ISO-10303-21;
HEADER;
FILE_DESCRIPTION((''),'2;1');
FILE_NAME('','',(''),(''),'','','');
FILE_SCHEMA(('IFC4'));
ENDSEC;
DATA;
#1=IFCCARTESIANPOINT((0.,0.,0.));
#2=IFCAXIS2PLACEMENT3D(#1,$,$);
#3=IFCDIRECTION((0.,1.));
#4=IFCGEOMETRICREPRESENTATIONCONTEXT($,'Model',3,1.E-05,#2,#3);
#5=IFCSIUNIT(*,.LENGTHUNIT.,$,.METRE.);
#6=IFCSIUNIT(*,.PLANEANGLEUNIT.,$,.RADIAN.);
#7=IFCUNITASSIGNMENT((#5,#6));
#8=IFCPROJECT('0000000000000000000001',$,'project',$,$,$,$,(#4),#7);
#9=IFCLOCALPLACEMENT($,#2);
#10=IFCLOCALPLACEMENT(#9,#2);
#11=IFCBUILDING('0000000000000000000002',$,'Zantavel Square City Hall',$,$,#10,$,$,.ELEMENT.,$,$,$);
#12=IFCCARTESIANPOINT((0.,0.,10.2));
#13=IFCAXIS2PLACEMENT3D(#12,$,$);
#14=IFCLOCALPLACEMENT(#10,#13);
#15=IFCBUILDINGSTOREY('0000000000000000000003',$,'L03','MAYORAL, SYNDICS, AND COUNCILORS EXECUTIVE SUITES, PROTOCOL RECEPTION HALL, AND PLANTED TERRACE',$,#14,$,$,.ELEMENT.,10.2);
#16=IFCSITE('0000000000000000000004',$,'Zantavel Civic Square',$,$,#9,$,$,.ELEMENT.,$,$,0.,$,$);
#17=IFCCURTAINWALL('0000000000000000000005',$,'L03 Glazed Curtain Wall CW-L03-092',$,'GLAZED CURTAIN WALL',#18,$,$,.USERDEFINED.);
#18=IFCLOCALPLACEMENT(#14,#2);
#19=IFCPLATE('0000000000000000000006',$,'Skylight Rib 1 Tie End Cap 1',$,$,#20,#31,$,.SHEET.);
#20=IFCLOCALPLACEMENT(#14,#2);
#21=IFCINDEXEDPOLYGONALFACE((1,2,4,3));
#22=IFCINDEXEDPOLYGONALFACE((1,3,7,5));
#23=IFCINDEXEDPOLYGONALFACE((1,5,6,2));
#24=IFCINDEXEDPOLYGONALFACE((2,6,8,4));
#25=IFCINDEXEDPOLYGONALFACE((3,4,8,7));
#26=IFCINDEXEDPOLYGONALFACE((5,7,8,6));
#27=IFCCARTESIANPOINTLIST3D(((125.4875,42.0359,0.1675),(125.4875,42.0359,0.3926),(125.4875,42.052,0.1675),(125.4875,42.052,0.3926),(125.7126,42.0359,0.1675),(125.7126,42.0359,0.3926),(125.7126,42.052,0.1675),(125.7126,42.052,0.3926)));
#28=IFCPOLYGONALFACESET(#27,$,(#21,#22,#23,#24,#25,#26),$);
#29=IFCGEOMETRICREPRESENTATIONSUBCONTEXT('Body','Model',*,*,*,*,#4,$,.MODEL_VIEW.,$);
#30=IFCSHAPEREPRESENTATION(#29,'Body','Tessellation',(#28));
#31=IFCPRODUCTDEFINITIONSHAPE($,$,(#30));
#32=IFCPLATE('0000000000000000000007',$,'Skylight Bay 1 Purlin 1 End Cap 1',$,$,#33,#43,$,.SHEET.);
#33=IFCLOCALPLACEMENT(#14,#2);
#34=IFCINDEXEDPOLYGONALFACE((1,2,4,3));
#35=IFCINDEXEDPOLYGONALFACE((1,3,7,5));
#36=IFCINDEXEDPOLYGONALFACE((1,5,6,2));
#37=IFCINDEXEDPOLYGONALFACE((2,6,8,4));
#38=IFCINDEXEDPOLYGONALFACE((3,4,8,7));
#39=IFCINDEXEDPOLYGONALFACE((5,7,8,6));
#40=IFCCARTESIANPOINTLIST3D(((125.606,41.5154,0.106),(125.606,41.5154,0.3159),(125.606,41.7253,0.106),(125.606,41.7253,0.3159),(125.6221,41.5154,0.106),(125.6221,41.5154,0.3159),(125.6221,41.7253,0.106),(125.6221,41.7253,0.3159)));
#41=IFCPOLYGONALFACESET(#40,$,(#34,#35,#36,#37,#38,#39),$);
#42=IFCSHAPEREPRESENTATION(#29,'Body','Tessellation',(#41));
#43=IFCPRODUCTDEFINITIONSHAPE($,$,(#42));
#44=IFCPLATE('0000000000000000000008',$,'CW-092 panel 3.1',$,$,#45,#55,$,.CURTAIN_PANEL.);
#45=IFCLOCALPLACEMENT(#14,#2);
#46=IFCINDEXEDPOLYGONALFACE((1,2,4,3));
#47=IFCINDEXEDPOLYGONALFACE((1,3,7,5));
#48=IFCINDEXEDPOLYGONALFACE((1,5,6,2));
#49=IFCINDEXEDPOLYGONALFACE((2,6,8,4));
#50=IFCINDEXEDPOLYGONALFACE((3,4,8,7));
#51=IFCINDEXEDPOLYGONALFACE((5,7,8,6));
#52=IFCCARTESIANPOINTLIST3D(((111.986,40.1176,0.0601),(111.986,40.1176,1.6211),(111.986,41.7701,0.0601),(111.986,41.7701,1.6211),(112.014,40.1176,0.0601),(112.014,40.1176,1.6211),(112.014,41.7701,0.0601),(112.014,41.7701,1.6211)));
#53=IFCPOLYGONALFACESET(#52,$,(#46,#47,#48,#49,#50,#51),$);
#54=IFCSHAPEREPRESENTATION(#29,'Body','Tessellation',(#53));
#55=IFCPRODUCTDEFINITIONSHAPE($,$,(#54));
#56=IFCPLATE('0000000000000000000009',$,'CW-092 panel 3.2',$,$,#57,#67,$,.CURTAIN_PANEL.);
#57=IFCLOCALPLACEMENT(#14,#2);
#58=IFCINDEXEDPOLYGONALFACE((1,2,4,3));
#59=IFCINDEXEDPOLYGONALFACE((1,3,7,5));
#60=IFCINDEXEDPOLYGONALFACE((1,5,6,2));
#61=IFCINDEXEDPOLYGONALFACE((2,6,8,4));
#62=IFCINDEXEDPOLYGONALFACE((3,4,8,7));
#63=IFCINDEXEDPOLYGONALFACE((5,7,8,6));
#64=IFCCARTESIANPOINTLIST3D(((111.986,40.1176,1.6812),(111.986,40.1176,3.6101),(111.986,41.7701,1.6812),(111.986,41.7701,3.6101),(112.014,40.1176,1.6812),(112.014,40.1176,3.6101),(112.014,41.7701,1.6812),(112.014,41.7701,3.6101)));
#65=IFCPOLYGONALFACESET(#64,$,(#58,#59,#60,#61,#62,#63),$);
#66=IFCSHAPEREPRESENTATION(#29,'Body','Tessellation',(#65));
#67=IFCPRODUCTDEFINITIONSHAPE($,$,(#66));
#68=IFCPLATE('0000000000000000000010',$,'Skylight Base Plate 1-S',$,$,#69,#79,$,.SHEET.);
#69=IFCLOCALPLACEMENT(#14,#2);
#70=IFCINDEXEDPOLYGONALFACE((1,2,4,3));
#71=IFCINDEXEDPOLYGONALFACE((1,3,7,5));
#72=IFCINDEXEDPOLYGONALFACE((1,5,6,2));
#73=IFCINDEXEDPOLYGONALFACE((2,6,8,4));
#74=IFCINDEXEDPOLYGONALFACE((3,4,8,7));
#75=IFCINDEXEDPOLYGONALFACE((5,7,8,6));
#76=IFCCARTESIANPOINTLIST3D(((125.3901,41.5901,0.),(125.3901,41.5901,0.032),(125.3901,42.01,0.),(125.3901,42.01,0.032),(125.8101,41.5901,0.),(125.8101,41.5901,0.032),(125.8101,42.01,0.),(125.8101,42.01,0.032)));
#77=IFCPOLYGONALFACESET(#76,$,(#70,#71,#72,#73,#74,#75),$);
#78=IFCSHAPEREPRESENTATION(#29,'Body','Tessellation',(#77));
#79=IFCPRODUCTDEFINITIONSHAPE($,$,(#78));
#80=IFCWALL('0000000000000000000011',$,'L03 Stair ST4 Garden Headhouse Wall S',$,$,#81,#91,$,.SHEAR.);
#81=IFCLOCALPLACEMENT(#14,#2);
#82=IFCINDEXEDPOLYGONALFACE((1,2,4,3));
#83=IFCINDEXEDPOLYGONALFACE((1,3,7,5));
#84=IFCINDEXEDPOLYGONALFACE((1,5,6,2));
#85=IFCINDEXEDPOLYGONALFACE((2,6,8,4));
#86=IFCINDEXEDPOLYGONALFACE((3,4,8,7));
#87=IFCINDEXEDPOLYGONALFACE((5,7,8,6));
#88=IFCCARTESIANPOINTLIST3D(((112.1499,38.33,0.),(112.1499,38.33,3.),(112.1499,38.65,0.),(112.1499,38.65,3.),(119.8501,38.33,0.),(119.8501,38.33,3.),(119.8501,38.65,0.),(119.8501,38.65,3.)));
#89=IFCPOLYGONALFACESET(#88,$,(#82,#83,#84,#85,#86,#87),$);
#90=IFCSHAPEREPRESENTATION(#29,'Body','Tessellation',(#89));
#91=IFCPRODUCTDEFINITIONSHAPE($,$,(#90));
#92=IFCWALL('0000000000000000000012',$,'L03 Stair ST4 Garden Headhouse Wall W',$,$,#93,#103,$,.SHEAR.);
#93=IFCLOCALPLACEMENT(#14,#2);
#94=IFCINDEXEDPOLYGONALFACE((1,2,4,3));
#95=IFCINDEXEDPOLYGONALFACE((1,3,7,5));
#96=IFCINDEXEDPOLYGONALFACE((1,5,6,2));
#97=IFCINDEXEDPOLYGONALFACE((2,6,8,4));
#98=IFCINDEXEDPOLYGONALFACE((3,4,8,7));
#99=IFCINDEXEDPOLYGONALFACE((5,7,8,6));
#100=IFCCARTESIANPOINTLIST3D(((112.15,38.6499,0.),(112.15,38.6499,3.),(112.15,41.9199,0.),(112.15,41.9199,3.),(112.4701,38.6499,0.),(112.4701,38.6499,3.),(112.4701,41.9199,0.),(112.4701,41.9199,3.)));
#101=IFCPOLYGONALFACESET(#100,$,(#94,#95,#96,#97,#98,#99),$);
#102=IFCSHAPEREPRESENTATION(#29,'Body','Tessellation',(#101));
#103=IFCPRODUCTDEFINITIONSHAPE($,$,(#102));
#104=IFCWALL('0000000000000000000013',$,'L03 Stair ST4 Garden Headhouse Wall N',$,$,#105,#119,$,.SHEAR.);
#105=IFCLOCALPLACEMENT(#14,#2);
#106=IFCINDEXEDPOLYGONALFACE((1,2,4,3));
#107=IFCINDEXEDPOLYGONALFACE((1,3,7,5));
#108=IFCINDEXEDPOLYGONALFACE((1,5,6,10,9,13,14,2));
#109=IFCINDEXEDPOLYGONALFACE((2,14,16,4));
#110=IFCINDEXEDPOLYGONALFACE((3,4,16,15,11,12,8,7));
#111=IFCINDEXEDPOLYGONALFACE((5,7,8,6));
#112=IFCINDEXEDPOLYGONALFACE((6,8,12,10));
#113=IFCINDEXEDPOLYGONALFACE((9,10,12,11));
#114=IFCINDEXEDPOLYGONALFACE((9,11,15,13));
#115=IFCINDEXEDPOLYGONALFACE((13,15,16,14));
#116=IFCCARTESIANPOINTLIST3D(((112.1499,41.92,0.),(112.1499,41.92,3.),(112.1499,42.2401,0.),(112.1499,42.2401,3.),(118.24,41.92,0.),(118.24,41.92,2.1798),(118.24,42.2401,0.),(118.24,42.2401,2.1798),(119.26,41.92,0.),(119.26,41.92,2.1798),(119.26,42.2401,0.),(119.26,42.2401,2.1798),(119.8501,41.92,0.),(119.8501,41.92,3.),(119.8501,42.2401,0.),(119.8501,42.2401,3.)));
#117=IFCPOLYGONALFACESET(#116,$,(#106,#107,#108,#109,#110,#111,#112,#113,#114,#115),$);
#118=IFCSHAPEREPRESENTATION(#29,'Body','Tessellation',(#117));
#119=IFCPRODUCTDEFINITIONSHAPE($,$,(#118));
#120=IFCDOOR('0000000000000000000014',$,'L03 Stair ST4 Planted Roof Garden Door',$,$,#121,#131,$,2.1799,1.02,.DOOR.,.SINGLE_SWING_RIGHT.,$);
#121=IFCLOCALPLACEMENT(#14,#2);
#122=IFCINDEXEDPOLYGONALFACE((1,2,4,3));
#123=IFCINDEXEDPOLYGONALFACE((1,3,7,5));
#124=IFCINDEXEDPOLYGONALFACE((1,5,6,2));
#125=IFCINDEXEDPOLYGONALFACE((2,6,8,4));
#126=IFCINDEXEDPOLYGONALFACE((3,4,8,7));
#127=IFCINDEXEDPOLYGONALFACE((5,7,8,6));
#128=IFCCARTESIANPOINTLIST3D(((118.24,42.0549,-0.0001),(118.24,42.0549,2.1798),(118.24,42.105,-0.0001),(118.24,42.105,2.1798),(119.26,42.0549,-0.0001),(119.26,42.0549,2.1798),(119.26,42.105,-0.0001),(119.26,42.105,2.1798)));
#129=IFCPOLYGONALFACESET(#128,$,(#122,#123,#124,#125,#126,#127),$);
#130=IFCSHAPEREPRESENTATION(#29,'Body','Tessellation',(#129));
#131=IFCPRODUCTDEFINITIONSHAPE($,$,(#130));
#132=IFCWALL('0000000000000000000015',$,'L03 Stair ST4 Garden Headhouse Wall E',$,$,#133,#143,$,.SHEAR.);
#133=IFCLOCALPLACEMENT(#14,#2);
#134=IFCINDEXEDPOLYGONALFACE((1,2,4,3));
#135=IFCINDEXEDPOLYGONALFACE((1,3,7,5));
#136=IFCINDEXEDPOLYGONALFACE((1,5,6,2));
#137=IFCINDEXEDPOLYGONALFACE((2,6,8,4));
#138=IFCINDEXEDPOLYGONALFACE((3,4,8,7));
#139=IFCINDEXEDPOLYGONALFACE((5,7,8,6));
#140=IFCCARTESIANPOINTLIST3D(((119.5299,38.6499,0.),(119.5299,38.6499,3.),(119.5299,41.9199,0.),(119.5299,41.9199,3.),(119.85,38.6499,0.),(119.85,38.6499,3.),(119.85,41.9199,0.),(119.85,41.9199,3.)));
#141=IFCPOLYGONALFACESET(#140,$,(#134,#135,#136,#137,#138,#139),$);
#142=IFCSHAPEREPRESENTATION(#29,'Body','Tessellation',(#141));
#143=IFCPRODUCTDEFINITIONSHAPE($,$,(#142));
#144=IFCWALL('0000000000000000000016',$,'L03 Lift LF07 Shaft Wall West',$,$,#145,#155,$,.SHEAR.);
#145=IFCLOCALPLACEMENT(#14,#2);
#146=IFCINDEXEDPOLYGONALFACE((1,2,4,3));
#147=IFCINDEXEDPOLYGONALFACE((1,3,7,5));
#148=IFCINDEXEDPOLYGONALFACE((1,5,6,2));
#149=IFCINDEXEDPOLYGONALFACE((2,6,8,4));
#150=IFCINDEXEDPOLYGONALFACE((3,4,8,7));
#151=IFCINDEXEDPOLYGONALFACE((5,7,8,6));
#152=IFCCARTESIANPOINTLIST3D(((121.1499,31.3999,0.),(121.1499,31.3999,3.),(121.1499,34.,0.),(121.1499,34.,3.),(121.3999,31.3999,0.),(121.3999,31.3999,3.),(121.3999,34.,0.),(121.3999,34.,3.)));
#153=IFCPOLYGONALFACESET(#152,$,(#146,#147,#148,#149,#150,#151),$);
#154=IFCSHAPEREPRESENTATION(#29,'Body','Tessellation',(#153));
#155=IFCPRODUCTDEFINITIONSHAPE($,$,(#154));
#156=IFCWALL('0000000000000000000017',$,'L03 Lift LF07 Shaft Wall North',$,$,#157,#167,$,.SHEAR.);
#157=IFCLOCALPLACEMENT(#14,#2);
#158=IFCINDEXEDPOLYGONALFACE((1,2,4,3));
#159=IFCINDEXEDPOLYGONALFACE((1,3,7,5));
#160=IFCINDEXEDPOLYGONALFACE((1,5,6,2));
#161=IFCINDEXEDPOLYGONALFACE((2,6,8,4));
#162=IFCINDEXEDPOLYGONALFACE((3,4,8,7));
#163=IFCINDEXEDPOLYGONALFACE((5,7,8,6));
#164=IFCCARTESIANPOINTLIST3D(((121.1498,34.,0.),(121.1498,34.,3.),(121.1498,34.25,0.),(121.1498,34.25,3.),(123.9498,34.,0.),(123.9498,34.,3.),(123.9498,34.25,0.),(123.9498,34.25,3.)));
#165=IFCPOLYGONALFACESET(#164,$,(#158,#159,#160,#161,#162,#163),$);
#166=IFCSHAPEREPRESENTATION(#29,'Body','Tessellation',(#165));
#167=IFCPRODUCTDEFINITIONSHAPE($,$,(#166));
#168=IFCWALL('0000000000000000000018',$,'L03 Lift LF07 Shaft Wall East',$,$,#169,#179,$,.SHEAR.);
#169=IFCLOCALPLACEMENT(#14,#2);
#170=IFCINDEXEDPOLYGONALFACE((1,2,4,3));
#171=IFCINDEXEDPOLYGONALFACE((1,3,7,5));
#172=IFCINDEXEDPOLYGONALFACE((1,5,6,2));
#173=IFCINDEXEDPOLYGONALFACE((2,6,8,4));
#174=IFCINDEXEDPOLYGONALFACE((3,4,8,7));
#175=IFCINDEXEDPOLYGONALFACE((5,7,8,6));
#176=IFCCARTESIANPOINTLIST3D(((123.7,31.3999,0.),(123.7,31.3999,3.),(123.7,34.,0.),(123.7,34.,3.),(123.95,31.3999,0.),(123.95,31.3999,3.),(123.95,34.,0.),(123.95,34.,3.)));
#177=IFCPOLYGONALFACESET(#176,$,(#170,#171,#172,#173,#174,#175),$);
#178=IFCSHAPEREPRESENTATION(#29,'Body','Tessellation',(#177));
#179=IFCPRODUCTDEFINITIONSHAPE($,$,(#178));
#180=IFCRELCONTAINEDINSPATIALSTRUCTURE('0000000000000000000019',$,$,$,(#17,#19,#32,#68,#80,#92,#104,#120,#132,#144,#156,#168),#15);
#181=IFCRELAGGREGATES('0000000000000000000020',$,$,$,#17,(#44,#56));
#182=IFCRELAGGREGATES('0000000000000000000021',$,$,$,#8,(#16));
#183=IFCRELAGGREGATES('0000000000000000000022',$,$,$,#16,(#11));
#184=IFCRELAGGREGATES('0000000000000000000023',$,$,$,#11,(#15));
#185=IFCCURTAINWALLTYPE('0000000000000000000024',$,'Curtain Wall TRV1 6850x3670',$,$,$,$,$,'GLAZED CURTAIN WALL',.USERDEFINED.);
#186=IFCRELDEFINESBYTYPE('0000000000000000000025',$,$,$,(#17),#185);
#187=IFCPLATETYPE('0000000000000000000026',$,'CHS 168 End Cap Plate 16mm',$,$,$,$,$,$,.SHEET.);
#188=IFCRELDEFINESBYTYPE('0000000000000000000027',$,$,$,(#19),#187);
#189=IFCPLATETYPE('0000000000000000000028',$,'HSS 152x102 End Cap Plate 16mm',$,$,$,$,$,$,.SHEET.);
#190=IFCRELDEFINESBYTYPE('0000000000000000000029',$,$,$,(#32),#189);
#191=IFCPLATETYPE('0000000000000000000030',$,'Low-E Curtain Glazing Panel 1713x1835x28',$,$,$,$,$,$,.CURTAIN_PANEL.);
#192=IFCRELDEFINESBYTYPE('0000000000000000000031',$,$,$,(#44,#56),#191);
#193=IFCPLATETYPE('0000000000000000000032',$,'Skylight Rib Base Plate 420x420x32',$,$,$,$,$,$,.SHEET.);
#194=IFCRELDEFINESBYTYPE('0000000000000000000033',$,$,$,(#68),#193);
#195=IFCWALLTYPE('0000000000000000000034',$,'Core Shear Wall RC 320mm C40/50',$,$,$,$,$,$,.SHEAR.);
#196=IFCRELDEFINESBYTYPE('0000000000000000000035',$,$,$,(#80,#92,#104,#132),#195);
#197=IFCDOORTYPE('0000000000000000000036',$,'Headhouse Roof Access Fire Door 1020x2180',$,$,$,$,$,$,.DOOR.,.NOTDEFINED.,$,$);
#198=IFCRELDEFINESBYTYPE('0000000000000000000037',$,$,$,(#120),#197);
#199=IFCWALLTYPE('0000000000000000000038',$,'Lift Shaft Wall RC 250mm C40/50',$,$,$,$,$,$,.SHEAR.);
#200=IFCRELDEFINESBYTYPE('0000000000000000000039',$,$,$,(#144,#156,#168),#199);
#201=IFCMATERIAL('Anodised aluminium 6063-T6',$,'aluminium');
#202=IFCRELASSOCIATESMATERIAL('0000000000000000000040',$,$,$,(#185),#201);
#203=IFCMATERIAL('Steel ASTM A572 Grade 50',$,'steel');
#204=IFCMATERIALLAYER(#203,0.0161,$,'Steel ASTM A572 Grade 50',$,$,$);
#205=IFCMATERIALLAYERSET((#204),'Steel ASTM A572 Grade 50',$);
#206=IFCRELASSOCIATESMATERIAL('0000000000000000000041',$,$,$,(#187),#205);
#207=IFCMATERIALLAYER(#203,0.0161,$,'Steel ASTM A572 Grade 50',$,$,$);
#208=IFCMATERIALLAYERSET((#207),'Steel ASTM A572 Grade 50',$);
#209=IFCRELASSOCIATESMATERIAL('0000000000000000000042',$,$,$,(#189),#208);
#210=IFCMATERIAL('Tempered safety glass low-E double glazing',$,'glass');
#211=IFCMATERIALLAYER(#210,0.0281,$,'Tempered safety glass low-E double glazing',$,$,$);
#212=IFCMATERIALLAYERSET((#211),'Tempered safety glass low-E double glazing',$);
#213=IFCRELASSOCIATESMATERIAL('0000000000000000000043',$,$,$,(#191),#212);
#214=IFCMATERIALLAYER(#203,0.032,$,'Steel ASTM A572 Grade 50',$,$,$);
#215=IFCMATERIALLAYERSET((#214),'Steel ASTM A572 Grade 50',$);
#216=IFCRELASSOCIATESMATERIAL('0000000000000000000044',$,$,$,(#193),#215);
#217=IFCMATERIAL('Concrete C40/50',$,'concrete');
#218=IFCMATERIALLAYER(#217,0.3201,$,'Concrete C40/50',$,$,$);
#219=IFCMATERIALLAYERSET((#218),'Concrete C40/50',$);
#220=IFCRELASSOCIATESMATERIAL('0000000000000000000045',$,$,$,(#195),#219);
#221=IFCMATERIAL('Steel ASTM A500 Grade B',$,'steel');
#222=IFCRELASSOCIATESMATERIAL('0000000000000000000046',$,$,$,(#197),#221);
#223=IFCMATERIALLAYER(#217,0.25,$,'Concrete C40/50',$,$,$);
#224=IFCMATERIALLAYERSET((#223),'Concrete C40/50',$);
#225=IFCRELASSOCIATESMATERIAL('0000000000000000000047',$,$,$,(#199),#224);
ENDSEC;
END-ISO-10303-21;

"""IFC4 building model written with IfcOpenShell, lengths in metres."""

from ifc_helpers import new_model, si_unit, direction, frame, frame_2d, origin, origin_2d, place, context, subcontext, project, spatial, rectangle, extrude, material, layer, layer_set, type_object, element, fill, aggregate, save


model = new_model("IFC4")

# Units and contexts
model_context = context("Model", 3, precision=1e-05, world=origin(), true_north=direction((0.0, 1.0)))
body_context = subcontext(model_context, "Body", "Model", "MODEL_VIEW")
ifc_project = project(units=[si_unit("LENGTHUNIT", "METRE"), si_unit("PLANEANGLEUNIT", "RADIAN")], contexts=[model_context])

# Site, building, storey
site_placement = place(None, origin())
site = spatial("IfcSite", under=ifc_project, at=site_placement, Name="Zantavel Civic Square", CompositionType="ELEMENT", RefElevation=0.0)
building_placement = place(site_placement, origin())
building = spatial("IfcBuilding", under=site, at=building_placement, Name="Zantavel Square City Hall", CompositionType="ELEMENT")
storey_placement = place(building_placement, frame((0.0, 0.0, 10.2)))
storey = spatial("IfcBuildingStorey", under=building, at=storey_placement, Name="L03", Description="MAYORAL, SYNDICS, AND COUNCILORS EXECUTIVE SUITES, PROTOCOL RECEPTION HALL, AND PLANTED TERRACE", CompositionType="ELEMENT", Elevation=10.2)

# Curtain wall
ifc_material_1 = material(Name="Anodised aluminium 6063-T6", Category="aluminium")
curtain_wall_type = type_object("IfcCurtainWallType", Name="Curtain Wall TRV1 6850x3670", ElementType="GLAZED CURTAIN WALL", PredefinedType="USERDEFINED", material=ifc_material_1)
curtain_wall_placement = place(storey_placement, origin())
curtain_wall = element("IfcCurtainWall", 1, at=curtain_wall_placement, inside=storey, type_object=curtain_wall_type, Name="L03 Glazed Curtain Wall CW-L03-092", ObjectType="GLAZED CURTAIN WALL", PredefinedType="USERDEFINED")

# Shared definitions
ifc_material_2 = material(Name="Steel ASTM A500 Grade B", Category="steel")

# Plates
ifc_material_3 = material(Name="Steel ASTM A572 Grade 50", Category="steel")
ifc_layer_1 = layer(ifc_material_3, 0.0161, Name="Steel ASTM A572 Grade 50")
ifc_layer_set_1 = layer_set([ifc_layer_1], Name="Steel ASTM A572 Grade 50")
plate_type_1 = type_object("IfcPlateType", Name="CHS 168 End Cap Plate 16mm", PredefinedType="SHEET", material=ifc_layer_set_1)
plate_1_placement = place(storey_placement, frame((125.6001, 42.0439, 0.1675), z_axis=(0.0, 0.0, 1.0), x_axis=(0.0, 1.0, 0.0)))
element("IfcPlate", 2, at=plate_1_placement, inside=storey, type_object=plate_type_1, Name="Skylight Rib 1 Tie End Cap 1", PredefinedType="SHEET", context=body_context, shape_type="SweptSolid", body=[
    extrude(rectangle(XDim=0.0161, YDim=0.2251, at=origin_2d()), origin(), (0.0, 0.0, 1.0), 0.2251),
])
ifc_layer_2 = layer(ifc_material_3, 0.0161, Name="Steel ASTM A572 Grade 50")
ifc_layer_set_2 = layer_set([ifc_layer_2], Name="Steel ASTM A572 Grade 50")
plate_type_2 = type_object("IfcPlateType", Name="HSS 152x102 End Cap Plate 16mm", PredefinedType="SHEET", material=ifc_layer_set_2)
plate_2_placement = place(storey_placement, frame((125.614, 41.6204, 0.106), z_axis=(0.0, 0.0, 1.0), x_axis=(1.0, 0.0, 0.0)))
element("IfcPlate", 3, at=plate_2_placement, inside=storey, type_object=plate_type_2, Name="Skylight Bay 1 Purlin 1 End Cap 1", PredefinedType="SHEET", context=body_context, shape_type="SweptSolid", body=[
    extrude(rectangle(XDim=0.0161, YDim=0.21, at=origin_2d()), origin(), (0.0, 0.0, 1.0), 0.21),
])

# Plates
ifc_material_4 = material(Name="Tempered safety glass low-E double glazing", Category="glass")
ifc_layer_3 = layer(ifc_material_4, 0.0281, Name="Tempered safety glass low-E double glazing")
ifc_layer_set_3 = layer_set([ifc_layer_3], Name="Tempered safety glass low-E double glazing")
plate_type_3 = type_object("IfcPlateType", Name="Low-E Curtain Glazing Panel 1713x1835x28", PredefinedType="CURTAIN_PANEL", material=ifc_layer_set_3)
plate_3_placement = place(storey_placement, frame((112.0, 40.9438, 0.0601), z_axis=(0.0, 0.0, 1.0), x_axis=(0.0, -1.0, 0.0)))
plate_3 = element("IfcPlate", 4, at=plate_3_placement, type_object=plate_type_3, Name="CW-092 panel 3.1", PredefinedType="CURTAIN_PANEL", context=body_context, shape_type="SweptSolid", body=[
    extrude(rectangle(XDim=1.6526, YDim=0.0281, at=origin_2d()), origin(), (0.0, 0.0, 1.0), 1.561),
])
plate_4_placement = place(storey_placement, frame((112.0, 40.9438, 1.6812), z_axis=(0.0, 0.0, 1.0), x_axis=(0.0, -1.0, 0.0)))
plate_4 = element("IfcPlate", 5, at=plate_4_placement, type_object=plate_type_3, Name="CW-092 panel 3.2", PredefinedType="CURTAIN_PANEL", context=body_context, shape_type="SweptSolid", body=[
    extrude(rectangle(XDim=1.6526, YDim=0.0281, at=origin_2d()), origin(), (0.0, 0.0, 1.0), 1.929),
])
aggregate(curtain_wall, [plate_3, plate_4])
ifc_layer_4 = layer(ifc_material_3, 0.032, Name="Steel ASTM A572 Grade 50")
ifc_layer_set_4 = layer_set([ifc_layer_4], Name="Steel ASTM A572 Grade 50")
plate_type_4 = type_object("IfcPlateType", Name="Skylight Rib Base Plate 420x420x32", PredefinedType="SHEET", material=ifc_layer_set_4)
plate_5_placement = place(storey_placement, frame((125.6001, 41.8, 0.0), z_axis=(0.0, 0.0, 1.0), x_axis=(1.0, 0.0, 0.0)))
element("IfcPlate", 6, at=plate_5_placement, inside=storey, type_object=plate_type_4, Name="Skylight Base Plate 1-S", PredefinedType="SHEET", context=body_context, shape_type="SweptSolid", body=[
    extrude(rectangle(XDim=0.4199, YDim=0.4199, at=origin_2d()), origin(), (0.0, 0.0, 1.0), 0.032),
])

# Walls
ifc_material_5 = material(Name="Concrete C40/50", Category="concrete")
ifc_layer_5 = layer(ifc_material_5, 0.3201, Name="Concrete C40/50")
ifc_layer_set_5 = layer_set([ifc_layer_5], Name="Concrete C40/50")
wall_type_1 = type_object("IfcWallType", Name="Core Shear Wall RC 320mm C40/50", PredefinedType="SHEAR", material=ifc_layer_set_5)
wall_1_placement = place(storey_placement, frame((119.8501, 38.49, 0.0), z_axis=(0.0, 0.0, 1.0), x_axis=(-1.0, 0.0, 0.0)))
element("IfcWall", 7, at=wall_1_placement, inside=storey, type_object=wall_type_1, Name="L03 Stair ST4 Garden Headhouse Wall S", PredefinedType="SHEAR", context=body_context, shape_type="SweptSolid", body=[
    extrude(rectangle(XDim=7.7002, YDim=0.3201, at=frame_2d((3.8501, 0.0))), origin(), (0.0, 0.0, 1.0), 3.0),
])
wall_2_placement = place(storey_placement, frame((112.3101, 38.6499, 0.0), z_axis=(0.0, 0.0, 1.0), x_axis=(0.0, 1.0, 0.0)))
element("IfcWall", 8, at=wall_2_placement, inside=storey, type_object=wall_type_1, Name="L03 Stair ST4 Garden Headhouse Wall W", PredefinedType="SHEAR", context=body_context, shape_type="SweptSolid", body=[
    extrude(rectangle(XDim=3.27, YDim=0.3201, at=frame_2d((1.635, 0.0))), origin(), (0.0, 0.0, 1.0), 3.0),
])

# Wall, opening, door
wall_3_placement = place(storey_placement, frame((112.1499, 42.0801, 0.0), z_axis=(0.0, 0.0, 1.0), x_axis=(1.0, 0.0, 0.0)))
wall_3 = element("IfcWall", 9, at=wall_3_placement, inside=storey, type_object=wall_type_1, Name="L03 Stair ST4 Garden Headhouse Wall N", PredefinedType="SHEAR", context=body_context, shape_type="SweptSolid", body=[
    extrude(rectangle(XDim=7.7002, YDim=0.3201, at=frame_2d((3.8501, 0.0))), origin(), (0.0, 0.0, 1.0), 3.0),
])
opening_1_placement = place(wall_3_placement, frame((6.0901, 0.0, 0.0)))
opening_1 = element("IfcOpeningElement", 10, at=opening_1_placement, cuts=wall_3, PredefinedType="OPENING", context=body_context, shape_type="SweptSolid", body=[
    extrude(rectangle(XDim=1.02, YDim=2.1799, at=frame_2d((0.51, 1.0898))), frame((0.0, 0.1699, 0.0), z_axis=(0.0, -1.0, 0.0), x_axis=(1.0, 0.0, 0.0)), (0.0, 0.0, 1.0), 0.3401),
])
door_type_1 = type_object("IfcDoorType", Name="Headhouse Roof Access Fire Door 1020x2180", OperationType="NOTDEFINED", PredefinedType="DOOR", material=ifc_material_2)
door_1_placement = place(opening_1_placement, origin())
door_1 = element("IfcDoor", 11, at=door_1_placement, inside=storey, type_object=door_type_1, Name="L03 Stair ST4 Planted Roof Garden Door", OperationType="SINGLE_SWING_RIGHT", OverallHeight=2.1799, OverallWidth=1.02, PredefinedType="DOOR", context=body_context, shape_type="SweptSolid", body=[
    extrude(rectangle(XDim=1.02, YDim=2.1799, at=frame_2d((0.51, 1.0898))), frame((0.0, 0.0249, 0.0), z_axis=(0.0, -1.0, 0.0), x_axis=(1.0, 0.0, 0.0)), (0.0, 0.0, 1.0), 0.05),
])
fill(opening_1, door_1)

# Wall
wall_4_placement = place(storey_placement, frame((119.6899, 41.9199, 0.0), z_axis=(0.0, 0.0, 1.0), x_axis=(0.0, -1.0, 0.0)))
element("IfcWall", 12, at=wall_4_placement, inside=storey, type_object=wall_type_1, Name="L03 Stair ST4 Garden Headhouse Wall E", PredefinedType="SHEAR", context=body_context, shape_type="SweptSolid", body=[
    extrude(rectangle(XDim=3.27, YDim=0.3201, at=frame_2d((1.635, 0.0))), origin(), (0.0, 0.0, 1.0), 3.0),
])

# Shared definitions
ifc_layer_6 = layer(ifc_material_5, 0.25, Name="Concrete C40/50")
ifc_layer_set_6 = layer_set([ifc_layer_6], Name="Concrete C40/50")
wall_type_2 = type_object("IfcWallType", Name="Lift Shaft Wall RC 250mm C40/50", PredefinedType="SHEAR", material=ifc_layer_set_6)

# Walls
wall_5_placement = place(storey_placement, frame((121.2749, 31.3999, 0.0), z_axis=(0.0, 0.0, 1.0), x_axis=(0.0, 1.0, 0.0)))
element("IfcWall", 13, at=wall_5_placement, inside=storey, type_object=wall_type_2, Name="L03 Lift LF07 Shaft Wall West", PredefinedType="SHEAR", context=body_context, shape_type="SweptSolid", body=[
    extrude(rectangle(XDim=2.6001, YDim=0.25, at=frame_2d((1.3, 0.0))), origin(), (0.0, 0.0, 1.0), 3.0),
])
wall_6_placement = place(storey_placement, frame((121.1499, 34.125, 0.0), z_axis=(0.0, 0.0, 1.0), x_axis=(1.0, 0.0, 0.0)))
element("IfcWall", 14, at=wall_6_placement, inside=storey, type_object=wall_type_2, Name="L03 Lift LF07 Shaft Wall North", PredefinedType="SHEAR", context=body_context, shape_type="SweptSolid", body=[
    extrude(rectangle(XDim=2.8, YDim=0.25, at=frame_2d((1.3999, 0.0))), origin(), (0.0, 0.0, 1.0), 3.0),
])
wall_7_placement = place(storey_placement, frame((123.825, 34.0, 0.0), z_axis=(0.0, 0.0, 1.0), x_axis=(0.0, -1.0, 0.0)))
element("IfcWall", 15, at=wall_7_placement, inside=storey, type_object=wall_type_2, Name="L03 Lift LF07 Shaft Wall East", PredefinedType="SHEAR", context=body_context, shape_type="SweptSolid", body=[
    extrude(rectangle(XDim=2.6001, YDim=0.25, at=frame_2d((1.3, 0.0))), origin(), (0.0, 0.0, 1.0), 3.0),
])

save(model, "model.ifc")
